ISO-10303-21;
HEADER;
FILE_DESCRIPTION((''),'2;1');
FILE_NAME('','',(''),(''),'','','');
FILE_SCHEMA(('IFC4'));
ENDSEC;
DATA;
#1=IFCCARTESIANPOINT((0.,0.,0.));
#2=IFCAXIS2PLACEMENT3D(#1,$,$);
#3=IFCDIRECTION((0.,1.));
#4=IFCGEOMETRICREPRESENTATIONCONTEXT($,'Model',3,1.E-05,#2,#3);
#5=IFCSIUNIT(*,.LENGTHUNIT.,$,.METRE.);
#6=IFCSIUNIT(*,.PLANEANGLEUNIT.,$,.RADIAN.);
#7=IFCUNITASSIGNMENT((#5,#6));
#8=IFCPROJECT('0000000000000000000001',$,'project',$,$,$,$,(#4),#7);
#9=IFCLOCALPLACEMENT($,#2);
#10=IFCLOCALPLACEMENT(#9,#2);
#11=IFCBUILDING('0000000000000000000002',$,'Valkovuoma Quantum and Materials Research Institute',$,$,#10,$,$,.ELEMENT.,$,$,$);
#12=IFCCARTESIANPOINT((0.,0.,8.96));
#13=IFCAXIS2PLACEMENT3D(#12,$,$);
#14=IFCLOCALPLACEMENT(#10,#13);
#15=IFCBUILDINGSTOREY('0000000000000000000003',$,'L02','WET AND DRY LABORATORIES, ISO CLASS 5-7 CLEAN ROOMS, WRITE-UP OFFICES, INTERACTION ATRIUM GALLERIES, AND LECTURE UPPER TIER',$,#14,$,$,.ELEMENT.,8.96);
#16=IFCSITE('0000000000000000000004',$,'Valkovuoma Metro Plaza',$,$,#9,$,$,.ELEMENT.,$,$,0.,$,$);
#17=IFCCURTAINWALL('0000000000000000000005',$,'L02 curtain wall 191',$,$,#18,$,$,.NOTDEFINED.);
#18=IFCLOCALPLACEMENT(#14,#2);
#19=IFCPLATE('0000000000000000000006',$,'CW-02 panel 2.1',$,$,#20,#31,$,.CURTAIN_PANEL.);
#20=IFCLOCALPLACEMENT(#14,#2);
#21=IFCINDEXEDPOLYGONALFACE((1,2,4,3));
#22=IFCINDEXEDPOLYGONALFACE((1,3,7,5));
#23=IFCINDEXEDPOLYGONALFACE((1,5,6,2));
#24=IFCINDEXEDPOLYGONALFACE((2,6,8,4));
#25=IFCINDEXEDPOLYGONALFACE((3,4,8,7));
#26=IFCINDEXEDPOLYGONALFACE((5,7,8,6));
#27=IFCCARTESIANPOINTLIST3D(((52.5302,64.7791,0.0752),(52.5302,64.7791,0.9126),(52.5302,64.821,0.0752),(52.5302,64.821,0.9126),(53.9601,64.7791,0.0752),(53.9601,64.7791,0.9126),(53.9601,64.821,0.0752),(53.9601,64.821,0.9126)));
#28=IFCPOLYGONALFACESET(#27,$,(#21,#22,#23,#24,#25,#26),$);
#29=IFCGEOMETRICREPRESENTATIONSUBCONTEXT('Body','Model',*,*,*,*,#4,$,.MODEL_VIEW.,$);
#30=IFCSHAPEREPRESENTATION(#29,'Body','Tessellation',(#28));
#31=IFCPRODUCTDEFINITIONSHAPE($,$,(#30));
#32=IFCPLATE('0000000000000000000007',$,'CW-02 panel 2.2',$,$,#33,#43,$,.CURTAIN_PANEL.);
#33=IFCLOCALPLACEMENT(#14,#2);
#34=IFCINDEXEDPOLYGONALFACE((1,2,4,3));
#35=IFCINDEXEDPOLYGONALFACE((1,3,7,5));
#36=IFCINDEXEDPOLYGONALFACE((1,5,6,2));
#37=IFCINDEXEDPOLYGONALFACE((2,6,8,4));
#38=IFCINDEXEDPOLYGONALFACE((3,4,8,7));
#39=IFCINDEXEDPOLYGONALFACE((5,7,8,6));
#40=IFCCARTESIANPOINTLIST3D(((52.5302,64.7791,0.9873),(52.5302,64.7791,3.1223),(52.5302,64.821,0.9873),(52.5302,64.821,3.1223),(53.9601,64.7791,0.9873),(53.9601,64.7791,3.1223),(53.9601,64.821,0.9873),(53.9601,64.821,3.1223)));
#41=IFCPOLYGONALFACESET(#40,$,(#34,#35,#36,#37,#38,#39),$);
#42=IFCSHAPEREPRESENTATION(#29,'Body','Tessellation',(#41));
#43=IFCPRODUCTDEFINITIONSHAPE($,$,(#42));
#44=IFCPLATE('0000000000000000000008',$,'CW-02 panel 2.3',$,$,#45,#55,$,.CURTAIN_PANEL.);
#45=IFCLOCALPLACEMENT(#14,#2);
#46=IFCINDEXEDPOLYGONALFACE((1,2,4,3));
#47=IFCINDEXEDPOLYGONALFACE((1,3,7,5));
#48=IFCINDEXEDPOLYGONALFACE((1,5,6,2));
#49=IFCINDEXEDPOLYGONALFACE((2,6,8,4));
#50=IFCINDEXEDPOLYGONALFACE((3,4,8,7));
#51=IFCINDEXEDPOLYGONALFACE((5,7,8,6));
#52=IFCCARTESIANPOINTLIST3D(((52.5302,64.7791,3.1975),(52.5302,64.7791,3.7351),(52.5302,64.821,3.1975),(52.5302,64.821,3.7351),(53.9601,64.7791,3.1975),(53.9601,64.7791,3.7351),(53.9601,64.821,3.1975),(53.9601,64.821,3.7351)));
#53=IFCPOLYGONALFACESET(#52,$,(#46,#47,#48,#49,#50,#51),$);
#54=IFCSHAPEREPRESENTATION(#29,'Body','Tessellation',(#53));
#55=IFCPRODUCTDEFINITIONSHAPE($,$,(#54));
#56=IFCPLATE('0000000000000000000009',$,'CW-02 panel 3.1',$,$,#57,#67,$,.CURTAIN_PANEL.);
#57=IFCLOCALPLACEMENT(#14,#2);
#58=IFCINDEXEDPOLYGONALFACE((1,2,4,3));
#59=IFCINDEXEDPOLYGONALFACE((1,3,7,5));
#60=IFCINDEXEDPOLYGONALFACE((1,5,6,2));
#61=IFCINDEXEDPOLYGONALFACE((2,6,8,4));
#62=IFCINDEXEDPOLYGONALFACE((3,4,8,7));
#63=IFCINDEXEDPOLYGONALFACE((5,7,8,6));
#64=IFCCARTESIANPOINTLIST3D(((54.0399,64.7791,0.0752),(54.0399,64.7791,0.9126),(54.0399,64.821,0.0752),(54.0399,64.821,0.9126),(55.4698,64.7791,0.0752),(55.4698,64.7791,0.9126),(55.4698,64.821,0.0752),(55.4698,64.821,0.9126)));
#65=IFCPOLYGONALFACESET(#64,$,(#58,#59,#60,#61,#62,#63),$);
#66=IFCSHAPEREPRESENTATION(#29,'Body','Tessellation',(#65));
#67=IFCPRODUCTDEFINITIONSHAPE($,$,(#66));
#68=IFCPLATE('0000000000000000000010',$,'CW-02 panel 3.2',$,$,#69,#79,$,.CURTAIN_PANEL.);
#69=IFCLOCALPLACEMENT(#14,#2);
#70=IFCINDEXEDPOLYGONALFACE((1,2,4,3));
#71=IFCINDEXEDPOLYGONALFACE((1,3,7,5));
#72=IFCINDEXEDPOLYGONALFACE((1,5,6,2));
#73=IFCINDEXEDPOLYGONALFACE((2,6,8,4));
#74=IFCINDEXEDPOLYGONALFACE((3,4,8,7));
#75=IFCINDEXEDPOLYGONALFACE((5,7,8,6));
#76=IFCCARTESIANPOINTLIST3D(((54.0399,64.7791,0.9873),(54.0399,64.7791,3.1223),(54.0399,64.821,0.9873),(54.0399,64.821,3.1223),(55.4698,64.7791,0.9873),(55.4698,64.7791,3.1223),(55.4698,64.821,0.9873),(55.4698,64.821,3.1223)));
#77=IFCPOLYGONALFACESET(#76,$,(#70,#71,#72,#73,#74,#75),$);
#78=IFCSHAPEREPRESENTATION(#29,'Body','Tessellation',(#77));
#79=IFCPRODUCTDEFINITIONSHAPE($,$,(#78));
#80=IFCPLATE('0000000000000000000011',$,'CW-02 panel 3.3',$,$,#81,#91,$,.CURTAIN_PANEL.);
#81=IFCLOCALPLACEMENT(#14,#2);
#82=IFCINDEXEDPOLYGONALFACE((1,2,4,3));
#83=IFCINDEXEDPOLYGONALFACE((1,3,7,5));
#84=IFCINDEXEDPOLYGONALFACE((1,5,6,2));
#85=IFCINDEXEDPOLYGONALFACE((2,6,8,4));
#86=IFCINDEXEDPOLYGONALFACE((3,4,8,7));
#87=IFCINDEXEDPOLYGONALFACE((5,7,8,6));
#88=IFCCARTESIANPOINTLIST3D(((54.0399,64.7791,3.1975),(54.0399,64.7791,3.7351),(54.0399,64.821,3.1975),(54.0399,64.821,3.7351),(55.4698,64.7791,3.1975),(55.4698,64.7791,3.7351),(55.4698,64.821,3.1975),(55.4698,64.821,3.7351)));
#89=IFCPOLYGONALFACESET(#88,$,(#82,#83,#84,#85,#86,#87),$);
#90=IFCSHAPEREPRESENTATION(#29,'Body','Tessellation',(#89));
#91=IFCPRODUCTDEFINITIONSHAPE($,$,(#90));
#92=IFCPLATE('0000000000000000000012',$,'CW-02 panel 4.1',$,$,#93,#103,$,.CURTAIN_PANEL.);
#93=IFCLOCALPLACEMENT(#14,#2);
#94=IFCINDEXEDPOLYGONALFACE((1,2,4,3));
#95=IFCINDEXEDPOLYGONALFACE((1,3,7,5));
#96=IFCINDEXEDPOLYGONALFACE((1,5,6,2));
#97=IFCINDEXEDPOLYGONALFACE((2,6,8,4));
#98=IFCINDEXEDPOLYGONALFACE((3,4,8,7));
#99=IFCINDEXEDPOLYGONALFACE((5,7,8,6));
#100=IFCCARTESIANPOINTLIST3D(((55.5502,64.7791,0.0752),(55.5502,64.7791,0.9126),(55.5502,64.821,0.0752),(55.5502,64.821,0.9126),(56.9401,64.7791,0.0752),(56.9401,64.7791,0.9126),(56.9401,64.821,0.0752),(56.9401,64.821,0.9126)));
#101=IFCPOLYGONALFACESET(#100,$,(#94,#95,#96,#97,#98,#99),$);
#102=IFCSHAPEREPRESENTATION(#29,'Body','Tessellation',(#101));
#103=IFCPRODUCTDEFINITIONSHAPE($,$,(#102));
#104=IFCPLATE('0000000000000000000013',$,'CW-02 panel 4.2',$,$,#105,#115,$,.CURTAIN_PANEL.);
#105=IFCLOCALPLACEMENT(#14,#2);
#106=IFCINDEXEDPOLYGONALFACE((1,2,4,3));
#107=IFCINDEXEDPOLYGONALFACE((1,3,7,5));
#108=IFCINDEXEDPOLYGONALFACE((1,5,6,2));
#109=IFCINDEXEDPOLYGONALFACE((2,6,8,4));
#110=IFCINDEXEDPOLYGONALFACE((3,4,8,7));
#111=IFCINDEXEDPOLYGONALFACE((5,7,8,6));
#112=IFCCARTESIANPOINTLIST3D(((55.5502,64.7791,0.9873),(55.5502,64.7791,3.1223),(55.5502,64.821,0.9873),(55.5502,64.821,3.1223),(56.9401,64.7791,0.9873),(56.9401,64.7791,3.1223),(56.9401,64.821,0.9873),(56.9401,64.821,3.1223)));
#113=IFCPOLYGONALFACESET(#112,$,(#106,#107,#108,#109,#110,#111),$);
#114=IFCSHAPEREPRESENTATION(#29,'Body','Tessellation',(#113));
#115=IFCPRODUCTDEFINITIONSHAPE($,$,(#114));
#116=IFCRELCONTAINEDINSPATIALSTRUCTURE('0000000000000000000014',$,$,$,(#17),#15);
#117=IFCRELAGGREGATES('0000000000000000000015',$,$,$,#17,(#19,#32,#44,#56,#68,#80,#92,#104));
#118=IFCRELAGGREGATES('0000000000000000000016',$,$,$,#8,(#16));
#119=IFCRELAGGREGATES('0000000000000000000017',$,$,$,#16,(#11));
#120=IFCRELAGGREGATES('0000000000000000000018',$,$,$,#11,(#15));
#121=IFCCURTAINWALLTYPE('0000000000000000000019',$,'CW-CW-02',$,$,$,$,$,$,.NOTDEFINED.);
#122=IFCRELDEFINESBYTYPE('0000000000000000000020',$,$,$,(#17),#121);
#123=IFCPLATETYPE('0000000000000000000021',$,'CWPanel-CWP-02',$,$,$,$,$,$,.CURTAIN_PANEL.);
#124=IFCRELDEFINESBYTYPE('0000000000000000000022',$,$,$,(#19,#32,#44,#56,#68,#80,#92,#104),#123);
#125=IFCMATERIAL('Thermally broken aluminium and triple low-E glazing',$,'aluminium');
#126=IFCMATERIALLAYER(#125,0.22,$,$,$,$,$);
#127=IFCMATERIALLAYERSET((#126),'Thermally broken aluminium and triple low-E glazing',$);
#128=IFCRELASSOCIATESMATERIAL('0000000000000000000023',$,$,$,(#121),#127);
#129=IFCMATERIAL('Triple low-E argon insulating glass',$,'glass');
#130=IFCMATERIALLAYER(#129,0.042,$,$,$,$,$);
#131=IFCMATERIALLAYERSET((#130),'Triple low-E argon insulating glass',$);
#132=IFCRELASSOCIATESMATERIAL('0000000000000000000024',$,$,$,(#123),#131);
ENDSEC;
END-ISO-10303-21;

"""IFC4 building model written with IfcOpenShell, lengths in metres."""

from ifc_helpers import new_model, si_unit, direction, frame, origin, origin_2d, place, context, subcontext, project, spatial, rectangle, extrude, material, layer, layer_set, type_object, element, aggregate, save


model = new_model("IFC4")

# Units and contexts
model_context = context("Model", 3, precision=1e-05, world=origin(), true_north=direction((0.0, 1.0)))
body_context = subcontext(model_context, "Body", "Model", "MODEL_VIEW")
ifc_project = project(units=[si_unit("LENGTHUNIT", "METRE"), si_unit("PLANEANGLEUNIT", "RADIAN")], contexts=[model_context])

# Site, building, storey
site_placement = place(None, origin())
site = spatial("IfcSite", under=ifc_project, at=site_placement, Name="Valkovuoma Metro Plaza", CompositionType="ELEMENT", RefElevation=0.0)
building_placement = place(site_placement, origin())
building = spatial("IfcBuilding", under=site, at=building_placement, Name="Valkovuoma Quantum and Materials Research Institute", CompositionType="ELEMENT")
storey_placement = place(building_placement, frame((0.0, 0.0, 8.96)))
storey = spatial("IfcBuildingStorey", under=building, at=storey_placement, Name="L02", Description="WET AND DRY LABORATORIES, ISO CLASS 5-7 CLEAN ROOMS, WRITE-UP OFFICES, INTERACTION ATRIUM GALLERIES, AND LECTURE UPPER TIER", CompositionType="ELEMENT", Elevation=8.96)

# Curtain wall, plates
ifc_material_1 = material(Name="Thermally broken aluminium and triple low-E glazing", Category="aluminium")
ifc_layer_1 = layer(ifc_material_1, 0.22)
ifc_layer_set_1 = layer_set([ifc_layer_1], Name="Thermally broken aluminium and triple low-E glazing")
curtain_wall_type = type_object("IfcCurtainWallType", Name="CW-CW-02", PredefinedType="NOTDEFINED", material=ifc_layer_set_1)
curtain_wall_placement = place(storey_placement, origin())
curtain_wall = element("IfcCurtainWall", 1, at=curtain_wall_placement, inside=storey, type_object=curtain_wall_type, Name="L02 curtain wall 191", PredefinedType="NOTDEFINED")
ifc_material_2 = material(Name="Triple low-E argon insulating glass", Category="glass")
ifc_layer_2 = layer(ifc_material_2, 0.042)
ifc_layer_set_2 = layer_set([ifc_layer_2], Name="Triple low-E argon insulating glass")
plate_type = type_object("IfcPlateType", Name="CWPanel-CWP-02", PredefinedType="CURTAIN_PANEL", material=ifc_layer_set_2)
plate_1_placement = place(storey_placement, frame((53.2451, 64.8, 0.0752), z_axis=(0.0, 0.0, 1.0), x_axis=(1.0, 0.0, 0.0)))
plate_1 = element("IfcPlate", 2, at=plate_1_placement, type_object=plate_type, Name="CW-02 panel 2.1", PredefinedType="CURTAIN_PANEL", context=body_context, shape_type="SweptSolid", body=[
    extrude(rectangle(XDim=1.4299, YDim=0.042, at=origin_2d()), origin(), (0.0, 0.0, 1.0), 0.8374),
])
plate_2_placement = place(storey_placement, frame((53.2451, 64.8, 0.9873), z_axis=(0.0, 0.0, 1.0), x_axis=(1.0, 0.0, 0.0)))
plate_2 = element("IfcPlate", 3, at=plate_2_placement, type_object=plate_type, Name="CW-02 panel 2.2", PredefinedType="CURTAIN_PANEL", context=body_context, shape_type="SweptSolid", body=[
    extrude(rectangle(XDim=1.4299, YDim=0.042, at=origin_2d()), origin(), (0.0, 0.0, 1.0), 2.135),
])
plate_3_placement = place(storey_placement, frame((53.2451, 64.8, 3.1975), z_axis=(0.0, 0.0, 1.0), x_axis=(1.0, 0.0, 0.0)))
plate_3 = element("IfcPlate", 4, at=plate_3_placement, type_object=plate_type, Name="CW-02 panel 2.3", PredefinedType="CURTAIN_PANEL", context=body_context, shape_type="SweptSolid", body=[
    extrude(rectangle(XDim=1.4299, YDim=0.042, at=origin_2d()), origin(), (0.0, 0.0, 1.0), 0.5376),
])
plate_4_placement = place(storey_placement, frame((54.7549, 64.8, 0.0752), z_axis=(0.0, 0.0, 1.0), x_axis=(1.0, 0.0, 0.0)))
plate_4 = element("IfcPlate", 5, at=plate_4_placement, type_object=plate_type, Name="CW-02 panel 3.1", PredefinedType="CURTAIN_PANEL", context=body_context, shape_type="SweptSolid", body=[
    extrude(rectangle(XDim=1.4299, YDim=0.042, at=origin_2d()), origin(), (0.0, 0.0, 1.0), 0.8374),
])
plate_5_placement = place(storey_placement, frame((54.7549, 64.8, 0.9873), z_axis=(0.0, 0.0, 1.0), x_axis=(1.0, 0.0, 0.0)))
plate_5 = element("IfcPlate", 6, at=plate_5_placement, type_object=plate_type, Name="CW-02 panel 3.2", PredefinedType="CURTAIN_PANEL", context=body_context, shape_type="SweptSolid", body=[
    extrude(rectangle(XDim=1.4299, YDim=0.042, at=origin_2d()), origin(), (0.0, 0.0, 1.0), 2.135),
])
plate_6_placement = place(storey_placement, frame((54.7549, 64.8, 3.1975), z_axis=(0.0, 0.0, 1.0), x_axis=(1.0, 0.0, 0.0)))
plate_6 = element("IfcPlate", 7, at=plate_6_placement, type_object=plate_type, Name="CW-02 panel 3.3", PredefinedType="CURTAIN_PANEL", context=body_context, shape_type="SweptSolid", body=[
    extrude(rectangle(XDim=1.4299, YDim=0.042, at=origin_2d()), origin(), (0.0, 0.0, 1.0), 0.5376),
])
plate_7_placement = place(storey_placement, frame((56.2451, 64.8, 0.0752), z_axis=(0.0, 0.0, 1.0), x_axis=(1.0, 0.0, 0.0)))
plate_7 = element("IfcPlate", 8, at=plate_7_placement, type_object=plate_type, Name="CW-02 panel 4.1", PredefinedType="CURTAIN_PANEL", context=body_context, shape_type="SweptSolid", body=[
    extrude(rectangle(XDim=1.3899, YDim=0.042, at=origin_2d()), origin(), (0.0, 0.0, 1.0), 0.8374),
])
plate_8_placement = place(storey_placement, frame((56.2451, 64.8, 0.9873), z_axis=(0.0, 0.0, 1.0), x_axis=(1.0, 0.0, 0.0)))
plate_8 = element("IfcPlate", 9, at=plate_8_placement, type_object=plate_type, Name="CW-02 panel 4.2", PredefinedType="CURTAIN_PANEL", context=body_context, shape_type="SweptSolid", body=[
    extrude(rectangle(XDim=1.3899, YDim=0.042, at=origin_2d()), origin(), (0.0, 0.0, 1.0), 2.135),
])
aggregate(curtain_wall, [plate_1, plate_2, plate_3, plate_4, plate_5, plate_6, plate_7, plate_8])

save(model, "model.ifc")
